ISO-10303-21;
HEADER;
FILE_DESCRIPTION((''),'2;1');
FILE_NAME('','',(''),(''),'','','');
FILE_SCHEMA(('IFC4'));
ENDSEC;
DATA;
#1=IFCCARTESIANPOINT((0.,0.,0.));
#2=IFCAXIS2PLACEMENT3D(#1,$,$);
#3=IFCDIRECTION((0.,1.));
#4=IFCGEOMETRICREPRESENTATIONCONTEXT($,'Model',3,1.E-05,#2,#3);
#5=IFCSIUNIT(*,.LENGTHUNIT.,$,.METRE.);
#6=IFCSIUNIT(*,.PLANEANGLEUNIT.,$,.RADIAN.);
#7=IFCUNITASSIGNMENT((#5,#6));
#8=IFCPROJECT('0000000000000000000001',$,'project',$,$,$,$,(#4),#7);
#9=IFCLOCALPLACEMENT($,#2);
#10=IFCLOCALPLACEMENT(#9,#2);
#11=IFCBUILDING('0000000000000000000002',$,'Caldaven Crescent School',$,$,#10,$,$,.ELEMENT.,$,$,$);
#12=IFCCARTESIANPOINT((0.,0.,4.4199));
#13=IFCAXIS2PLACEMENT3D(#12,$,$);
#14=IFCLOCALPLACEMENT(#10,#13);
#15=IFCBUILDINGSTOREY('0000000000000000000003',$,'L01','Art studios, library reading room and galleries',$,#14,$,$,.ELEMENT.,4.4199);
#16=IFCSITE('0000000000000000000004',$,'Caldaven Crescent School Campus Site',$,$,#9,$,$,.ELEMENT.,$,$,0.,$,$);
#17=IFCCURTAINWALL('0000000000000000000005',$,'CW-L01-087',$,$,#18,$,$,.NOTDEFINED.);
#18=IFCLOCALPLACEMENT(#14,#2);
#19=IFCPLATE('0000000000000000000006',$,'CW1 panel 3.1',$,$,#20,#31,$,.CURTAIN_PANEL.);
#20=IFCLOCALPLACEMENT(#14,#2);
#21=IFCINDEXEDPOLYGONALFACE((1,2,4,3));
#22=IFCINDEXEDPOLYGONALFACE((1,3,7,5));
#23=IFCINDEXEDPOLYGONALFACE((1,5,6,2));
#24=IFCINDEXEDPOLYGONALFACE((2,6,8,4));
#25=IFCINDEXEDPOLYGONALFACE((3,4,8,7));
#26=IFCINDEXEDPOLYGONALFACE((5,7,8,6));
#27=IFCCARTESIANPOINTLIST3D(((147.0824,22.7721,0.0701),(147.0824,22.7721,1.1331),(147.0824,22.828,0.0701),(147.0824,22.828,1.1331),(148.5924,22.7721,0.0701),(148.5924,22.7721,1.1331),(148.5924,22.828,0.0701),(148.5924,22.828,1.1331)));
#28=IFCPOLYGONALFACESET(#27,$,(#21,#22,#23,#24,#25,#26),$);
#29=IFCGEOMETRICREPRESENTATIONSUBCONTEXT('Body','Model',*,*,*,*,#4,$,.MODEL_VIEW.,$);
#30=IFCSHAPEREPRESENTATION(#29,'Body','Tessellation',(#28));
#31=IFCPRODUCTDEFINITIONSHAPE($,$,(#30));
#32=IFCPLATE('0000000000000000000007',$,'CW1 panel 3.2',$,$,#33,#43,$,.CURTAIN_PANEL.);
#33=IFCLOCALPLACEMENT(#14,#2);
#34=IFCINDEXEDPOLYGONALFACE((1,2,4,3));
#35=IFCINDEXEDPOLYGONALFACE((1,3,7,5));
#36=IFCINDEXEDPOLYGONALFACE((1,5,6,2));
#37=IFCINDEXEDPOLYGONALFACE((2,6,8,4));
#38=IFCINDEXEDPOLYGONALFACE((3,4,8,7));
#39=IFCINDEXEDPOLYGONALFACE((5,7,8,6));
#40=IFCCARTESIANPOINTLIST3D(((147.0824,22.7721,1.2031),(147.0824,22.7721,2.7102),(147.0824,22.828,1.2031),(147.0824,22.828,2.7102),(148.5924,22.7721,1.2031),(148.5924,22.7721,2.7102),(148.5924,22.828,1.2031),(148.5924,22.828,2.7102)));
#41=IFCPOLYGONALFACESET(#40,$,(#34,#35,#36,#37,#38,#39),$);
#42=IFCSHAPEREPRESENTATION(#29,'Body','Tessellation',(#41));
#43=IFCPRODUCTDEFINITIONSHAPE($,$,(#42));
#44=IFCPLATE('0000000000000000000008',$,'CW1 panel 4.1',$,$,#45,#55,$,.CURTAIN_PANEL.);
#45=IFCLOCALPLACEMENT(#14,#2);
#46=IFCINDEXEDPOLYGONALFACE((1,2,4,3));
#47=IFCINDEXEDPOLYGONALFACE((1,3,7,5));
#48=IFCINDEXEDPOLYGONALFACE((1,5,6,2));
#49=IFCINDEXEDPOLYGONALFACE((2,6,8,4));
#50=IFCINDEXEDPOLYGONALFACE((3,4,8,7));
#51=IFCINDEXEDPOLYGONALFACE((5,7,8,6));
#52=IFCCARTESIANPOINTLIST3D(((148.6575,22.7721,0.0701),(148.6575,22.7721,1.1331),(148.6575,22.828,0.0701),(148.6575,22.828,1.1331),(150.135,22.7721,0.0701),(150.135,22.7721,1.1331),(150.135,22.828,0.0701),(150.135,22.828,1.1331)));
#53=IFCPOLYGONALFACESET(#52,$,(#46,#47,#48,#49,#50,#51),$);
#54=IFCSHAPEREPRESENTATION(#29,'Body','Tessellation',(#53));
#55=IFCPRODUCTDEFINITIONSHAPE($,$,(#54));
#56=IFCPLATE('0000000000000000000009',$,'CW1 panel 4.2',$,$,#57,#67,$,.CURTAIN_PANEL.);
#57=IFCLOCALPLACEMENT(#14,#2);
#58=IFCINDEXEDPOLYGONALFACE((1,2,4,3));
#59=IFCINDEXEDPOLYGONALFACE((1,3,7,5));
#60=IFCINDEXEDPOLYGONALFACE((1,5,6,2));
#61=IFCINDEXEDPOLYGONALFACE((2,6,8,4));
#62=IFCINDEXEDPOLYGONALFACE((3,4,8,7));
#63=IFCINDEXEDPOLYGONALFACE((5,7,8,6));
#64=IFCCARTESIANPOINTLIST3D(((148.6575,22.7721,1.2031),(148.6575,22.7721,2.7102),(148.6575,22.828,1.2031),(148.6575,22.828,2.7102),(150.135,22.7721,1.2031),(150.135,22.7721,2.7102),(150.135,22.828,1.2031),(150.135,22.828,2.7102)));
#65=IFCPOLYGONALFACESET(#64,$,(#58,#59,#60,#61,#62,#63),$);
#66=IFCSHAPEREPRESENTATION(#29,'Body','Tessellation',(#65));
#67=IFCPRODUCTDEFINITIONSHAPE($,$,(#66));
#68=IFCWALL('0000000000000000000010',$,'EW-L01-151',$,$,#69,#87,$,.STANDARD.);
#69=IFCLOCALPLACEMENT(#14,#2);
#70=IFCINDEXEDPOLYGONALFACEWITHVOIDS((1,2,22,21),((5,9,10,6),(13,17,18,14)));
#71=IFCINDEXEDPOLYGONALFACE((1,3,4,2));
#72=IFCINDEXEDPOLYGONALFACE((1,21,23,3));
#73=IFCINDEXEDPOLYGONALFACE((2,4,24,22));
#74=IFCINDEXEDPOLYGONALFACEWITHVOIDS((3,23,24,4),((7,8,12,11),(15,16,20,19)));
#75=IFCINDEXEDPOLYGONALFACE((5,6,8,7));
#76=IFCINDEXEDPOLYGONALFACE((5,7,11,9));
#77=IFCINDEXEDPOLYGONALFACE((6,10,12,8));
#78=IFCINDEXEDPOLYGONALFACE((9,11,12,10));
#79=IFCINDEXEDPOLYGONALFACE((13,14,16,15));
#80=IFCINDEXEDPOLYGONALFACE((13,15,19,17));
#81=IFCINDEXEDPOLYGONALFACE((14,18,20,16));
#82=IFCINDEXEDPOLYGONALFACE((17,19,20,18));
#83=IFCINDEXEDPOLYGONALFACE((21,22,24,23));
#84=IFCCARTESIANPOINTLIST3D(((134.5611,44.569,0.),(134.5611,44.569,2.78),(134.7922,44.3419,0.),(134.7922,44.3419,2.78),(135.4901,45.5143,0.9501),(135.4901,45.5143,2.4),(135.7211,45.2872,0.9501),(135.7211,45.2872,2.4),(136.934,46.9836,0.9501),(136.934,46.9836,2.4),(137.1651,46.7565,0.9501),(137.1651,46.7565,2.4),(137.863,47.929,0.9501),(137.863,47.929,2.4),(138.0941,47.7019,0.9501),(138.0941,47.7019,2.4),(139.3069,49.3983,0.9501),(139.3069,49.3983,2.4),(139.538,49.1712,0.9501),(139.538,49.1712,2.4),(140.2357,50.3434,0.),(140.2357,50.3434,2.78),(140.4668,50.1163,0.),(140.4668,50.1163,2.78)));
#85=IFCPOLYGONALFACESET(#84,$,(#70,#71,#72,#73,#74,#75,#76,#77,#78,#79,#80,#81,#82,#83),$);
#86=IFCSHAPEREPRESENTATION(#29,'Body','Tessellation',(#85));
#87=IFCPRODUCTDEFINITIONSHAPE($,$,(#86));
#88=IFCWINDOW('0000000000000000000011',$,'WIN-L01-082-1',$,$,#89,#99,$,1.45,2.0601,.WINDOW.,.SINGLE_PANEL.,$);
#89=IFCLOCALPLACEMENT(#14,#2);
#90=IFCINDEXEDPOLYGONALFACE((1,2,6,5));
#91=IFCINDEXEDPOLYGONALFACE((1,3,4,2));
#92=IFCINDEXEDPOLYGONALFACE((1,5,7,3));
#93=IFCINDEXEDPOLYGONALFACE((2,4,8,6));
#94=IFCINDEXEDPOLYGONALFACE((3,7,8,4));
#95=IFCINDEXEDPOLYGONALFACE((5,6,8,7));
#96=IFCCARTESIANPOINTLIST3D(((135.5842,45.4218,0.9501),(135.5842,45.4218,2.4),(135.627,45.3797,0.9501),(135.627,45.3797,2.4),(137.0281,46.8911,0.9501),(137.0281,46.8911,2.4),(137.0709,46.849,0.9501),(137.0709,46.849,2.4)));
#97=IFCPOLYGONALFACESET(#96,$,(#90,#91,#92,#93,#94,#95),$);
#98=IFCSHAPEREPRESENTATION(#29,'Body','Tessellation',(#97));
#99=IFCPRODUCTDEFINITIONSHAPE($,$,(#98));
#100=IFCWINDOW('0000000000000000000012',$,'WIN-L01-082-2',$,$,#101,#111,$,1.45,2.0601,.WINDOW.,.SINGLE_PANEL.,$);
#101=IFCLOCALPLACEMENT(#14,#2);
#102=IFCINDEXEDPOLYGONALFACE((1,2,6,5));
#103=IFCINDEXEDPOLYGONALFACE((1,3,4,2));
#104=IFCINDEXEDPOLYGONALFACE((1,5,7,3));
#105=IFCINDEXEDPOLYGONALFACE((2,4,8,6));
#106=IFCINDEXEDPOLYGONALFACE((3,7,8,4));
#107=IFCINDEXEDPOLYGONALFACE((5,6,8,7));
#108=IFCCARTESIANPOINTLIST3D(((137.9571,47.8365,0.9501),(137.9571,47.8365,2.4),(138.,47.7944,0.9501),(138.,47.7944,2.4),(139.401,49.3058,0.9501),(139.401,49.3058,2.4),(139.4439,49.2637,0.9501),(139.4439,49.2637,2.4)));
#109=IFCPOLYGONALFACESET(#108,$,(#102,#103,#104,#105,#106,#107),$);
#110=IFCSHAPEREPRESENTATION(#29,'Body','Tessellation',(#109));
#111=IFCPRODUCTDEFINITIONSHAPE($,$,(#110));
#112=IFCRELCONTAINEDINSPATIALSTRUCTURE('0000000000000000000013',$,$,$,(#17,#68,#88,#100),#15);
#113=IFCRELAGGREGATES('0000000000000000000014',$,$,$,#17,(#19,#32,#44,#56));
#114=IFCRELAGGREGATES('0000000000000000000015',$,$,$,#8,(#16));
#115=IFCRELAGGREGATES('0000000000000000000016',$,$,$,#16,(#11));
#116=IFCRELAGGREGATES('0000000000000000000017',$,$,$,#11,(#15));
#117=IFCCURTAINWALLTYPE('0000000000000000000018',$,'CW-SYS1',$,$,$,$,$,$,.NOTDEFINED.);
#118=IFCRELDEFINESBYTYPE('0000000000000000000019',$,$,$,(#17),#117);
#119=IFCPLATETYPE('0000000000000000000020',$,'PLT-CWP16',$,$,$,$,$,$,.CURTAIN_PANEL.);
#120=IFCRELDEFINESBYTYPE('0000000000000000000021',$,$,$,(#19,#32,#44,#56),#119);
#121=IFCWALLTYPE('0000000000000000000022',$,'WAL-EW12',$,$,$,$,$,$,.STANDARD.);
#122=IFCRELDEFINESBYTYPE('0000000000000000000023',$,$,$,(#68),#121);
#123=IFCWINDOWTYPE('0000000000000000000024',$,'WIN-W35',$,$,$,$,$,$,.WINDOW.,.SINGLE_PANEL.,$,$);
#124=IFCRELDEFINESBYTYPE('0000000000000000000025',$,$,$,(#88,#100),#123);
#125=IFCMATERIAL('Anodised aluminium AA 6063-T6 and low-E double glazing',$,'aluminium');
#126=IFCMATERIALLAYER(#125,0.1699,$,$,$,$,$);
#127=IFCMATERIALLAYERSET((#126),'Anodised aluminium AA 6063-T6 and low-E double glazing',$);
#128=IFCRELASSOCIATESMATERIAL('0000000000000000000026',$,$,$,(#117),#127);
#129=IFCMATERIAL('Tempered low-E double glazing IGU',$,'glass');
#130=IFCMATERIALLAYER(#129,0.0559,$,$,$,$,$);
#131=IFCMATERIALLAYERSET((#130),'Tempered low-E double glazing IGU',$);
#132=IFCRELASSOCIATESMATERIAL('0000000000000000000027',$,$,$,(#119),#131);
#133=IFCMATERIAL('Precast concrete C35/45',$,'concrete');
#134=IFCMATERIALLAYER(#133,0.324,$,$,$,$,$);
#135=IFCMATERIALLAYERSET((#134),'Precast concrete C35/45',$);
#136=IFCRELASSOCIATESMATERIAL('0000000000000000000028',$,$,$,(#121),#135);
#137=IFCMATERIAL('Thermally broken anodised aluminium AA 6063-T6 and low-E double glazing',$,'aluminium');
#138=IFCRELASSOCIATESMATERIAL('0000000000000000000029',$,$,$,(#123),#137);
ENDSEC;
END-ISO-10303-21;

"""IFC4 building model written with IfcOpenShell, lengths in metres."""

from ifc_helpers import new_model, si_unit, direction, frame, frame_2d, origin, origin_2d, place, context, subcontext, project, spatial, rectangle, extrude, material, layer, layer_set, type_object, element, fill, aggregate, save


model = new_model("IFC4")

# Units and contexts
model_context = context("Model", 3, precision=1e-05, world=origin(), true_north=direction((0.0, 1.0)))
body_context = subcontext(model_context, "Body", "Model", "MODEL_VIEW")
ifc_project = project(units=[si_unit("LENGTHUNIT", "METRE"), si_unit("PLANEANGLEUNIT", "RADIAN")], contexts=[model_context])

# Site, building, storey
site_placement = place(None, origin())
site = spatial("IfcSite", under=ifc_project, at=site_placement, Name="Caldaven Crescent School Campus Site", CompositionType="ELEMENT", RefElevation=0.0)
building_placement = place(site_placement, origin())
building = spatial("IfcBuilding", under=site, at=building_placement, Name="Caldaven Crescent School", CompositionType="ELEMENT")
storey_placement = place(building_placement, frame((0.0, 0.0, 4.4199)))
storey = spatial("IfcBuildingStorey", under=building, at=storey_placement, Name="L01", Description="Art studios, library reading room and galleries", CompositionType="ELEMENT", Elevation=4.4199)

# Curtain wall
ifc_material_1 = material(Name="Anodised aluminium AA 6063-T6 and low-E double glazing", Category="aluminium")
ifc_layer_1 = layer(ifc_material_1, 0.1699)
ifc_layer_set_1 = layer_set([ifc_layer_1], Name="Anodised aluminium AA 6063-T6 and low-E double glazing")
curtain_wall_type = type_object("IfcCurtainWallType", Name="CW-SYS1", PredefinedType="NOTDEFINED", material=ifc_layer_set_1)
curtain_wall_1_placement = place(storey_placement, origin())
curtain_wall_1 = element("IfcCurtainWall", 1, at=curtain_wall_1_placement, inside=storey, type_object=curtain_wall_type, Name="CW-L01-087", PredefinedType="NOTDEFINED")

# Plates
ifc_material_2 = material(Name="Tempered low-E double glazing IGU", Category="glass")
ifc_layer_2 = layer(ifc_material_2, 0.0559)
ifc_layer_set_2 = layer_set([ifc_layer_2], Name="Tempered low-E double glazing IGU")
plate_type_1 = type_object("IfcPlateType", Name="PLT-CWP16", PredefinedType="CURTAIN_PANEL", material=ifc_layer_set_2)
plate_1_placement = place(storey_placement, frame((147.8374, 22.8, 0.0701), z_axis=(0.0, 0.0, 1.0), x_axis=(1.0, 0.0, 0.0)))
plate_1 = element("IfcPlate", 2, at=plate_1_placement, type_object=plate_type_1, Name="CW1 panel 3.1", PredefinedType="CURTAIN_PANEL", context=body_context, shape_type="SweptSolid", body=[
    extrude(rectangle(XDim=1.51, YDim=0.0559, at=origin_2d()), origin(), (0.0, 0.0, 1.0), 1.063),
])
plate_2_placement = place(storey_placement, frame((147.8374, 22.8, 1.2031), z_axis=(0.0, 0.0, 1.0), x_axis=(1.0, 0.0, 0.0)))
plate_2 = element("IfcPlate", 3, at=plate_2_placement, type_object=plate_type_1, Name="CW1 panel 3.2", PredefinedType="CURTAIN_PANEL", context=body_context, shape_type="SweptSolid", body=[
    extrude(rectangle(XDim=1.51, YDim=0.0559, at=origin_2d()), origin(), (0.0, 0.0, 1.0), 1.5071),
])
plate_3_placement = place(storey_placement, frame((149.3962, 22.8, 0.0701), z_axis=(0.0, 0.0, 1.0), x_axis=(1.0, 0.0, 0.0)))
plate_3 = element("IfcPlate", 4, at=plate_3_placement, type_object=plate_type_1, Name="CW1 panel 4.1", PredefinedType="CURTAIN_PANEL", context=body_context, shape_type="SweptSolid", body=[
    extrude(rectangle(XDim=1.4775, YDim=0.0559, at=origin_2d()), origin(), (0.0, 0.0, 1.0), 1.063),
])
plate_4_placement = place(storey_placement, frame((149.3962, 22.8, 1.2031), z_axis=(0.0, 0.0, 1.0), x_axis=(1.0, 0.0, 0.0)))
plate_4 = element("IfcPlate", 5, at=plate_4_placement, type_object=plate_type_1, Name="CW1 panel 4.2", PredefinedType="CURTAIN_PANEL", context=body_context, shape_type="SweptSolid", body=[
    extrude(rectangle(XDim=1.4775, YDim=0.0559, at=origin_2d()), origin(), (0.0, 0.0, 1.0), 1.5071),
])
aggregate(curtain_wall_1, [plate_1, plate_2, plate_3, plate_4])

# Wall, openings, windows
ifc_material_3 = material(Name="Precast concrete C35/45", Category="concrete")
ifc_layer_3 = layer(ifc_material_3, 0.324)
ifc_layer_set_3 = layer_set([ifc_layer_3], Name="Precast concrete C35/45")
wall_type = type_object("IfcWallType", Name="WAL-EW12", PredefinedType="STANDARD", material=ifc_layer_set_3)
wall_placement = place(storey_placement, frame((134.6768, 44.4556, 0.0), z_axis=(0.0, 0.0, 1.0), x_axis=(0.700913, 0.713247, 0.0)))
wall = element("IfcWall", 6, at=wall_placement, inside=storey, type_object=wall_type, Name="EW-L01-151", PredefinedType="STANDARD", context=body_context, shape_type="SweptSolid", body=[
    extrude(rectangle(XDim=8.0959, YDim=0.324, at=frame_2d((4.0479, 0.0))), origin(), (0.0, 0.0, 1.0), 2.78),
])
opening_1_placement = place(wall_placement, frame((1.3252, 0.0, 0.95)))
opening_1 = element("IfcOpeningElement", 7, at=opening_1_placement, cuts=wall, PredefinedType="OPENING", context=body_context, shape_type="SweptSolid", body=[
    extrude(rectangle(XDim=2.0601, YDim=1.45, at=frame_2d((1.03, 0.7251))), frame((0.0, 0.1719, 0.0), z_axis=(0.0, -1.0, 0.0), x_axis=(1.0, 0.0, 0.0)), (0.0, 0.0, 1.0), 0.344),
])
opening_2_placement = place(wall_placement, frame((4.7107, 0.0, 0.95)))
opening_2 = element("IfcOpeningElement", 8, at=opening_2_placement, cuts=wall, PredefinedType="OPENING", context=body_context, shape_type="SweptSolid", body=[
    extrude(rectangle(XDim=2.0601, YDim=1.45, at=frame_2d((1.03, 0.7251))), frame((0.0, 0.1719, 0.0), z_axis=(0.0, -1.0, 0.0), x_axis=(1.0, 0.0, 0.0)), (0.0, 0.0, 1.0), 0.344),
])
ifc_material_4 = material(Name="Thermally broken anodised aluminium AA 6063-T6 and low-E double glazing", Category="aluminium")
window_type = type_object("IfcWindowType", Name="WIN-W35", PartitioningType="SINGLE_PANEL", PredefinedType="WINDOW", material=ifc_material_4)
window_1_placement = place(opening_1_placement, origin())
window_1 = element("IfcWindow", 9, at=window_1_placement, inside=storey, type_object=window_type, Name="WIN-L01-082-1", OverallHeight=1.45, OverallWidth=2.0601, PartitioningType="SINGLE_PANEL", PredefinedType="WINDOW", context=body_context, shape_type="SweptSolid", body=[
    extrude(rectangle(XDim=2.0601, YDim=1.45, at=frame_2d((1.03, 0.7251))), frame((0.0, 0.03, 0.0), z_axis=(0.0, -1.0, 0.0), x_axis=(1.0, 0.0, 0.0)), (0.0, 0.0, 1.0), 0.0601),
])
fill(opening_1, window_1)
window_2_placement = place(opening_2_placement, origin())
window_2 = element("IfcWindow", 10, at=window_2_placement, inside=storey, type_object=window_type, Name="WIN-L01-082-2", OverallHeight=1.45, OverallWidth=2.0601, PartitioningType="SINGLE_PANEL", PredefinedType="WINDOW", context=body_context, shape_type="SweptSolid", body=[
    extrude(rectangle(XDim=2.0601, YDim=1.45, at=frame_2d((1.03, 0.7251))), frame((0.0, 0.03, 0.0), z_axis=(0.0, -1.0, 0.0), x_axis=(1.0, 0.0, 0.0)), (0.0, 0.0, 1.0), 0.0601),
])
fill(opening_2, window_2)

save(model, "model.ifc")
